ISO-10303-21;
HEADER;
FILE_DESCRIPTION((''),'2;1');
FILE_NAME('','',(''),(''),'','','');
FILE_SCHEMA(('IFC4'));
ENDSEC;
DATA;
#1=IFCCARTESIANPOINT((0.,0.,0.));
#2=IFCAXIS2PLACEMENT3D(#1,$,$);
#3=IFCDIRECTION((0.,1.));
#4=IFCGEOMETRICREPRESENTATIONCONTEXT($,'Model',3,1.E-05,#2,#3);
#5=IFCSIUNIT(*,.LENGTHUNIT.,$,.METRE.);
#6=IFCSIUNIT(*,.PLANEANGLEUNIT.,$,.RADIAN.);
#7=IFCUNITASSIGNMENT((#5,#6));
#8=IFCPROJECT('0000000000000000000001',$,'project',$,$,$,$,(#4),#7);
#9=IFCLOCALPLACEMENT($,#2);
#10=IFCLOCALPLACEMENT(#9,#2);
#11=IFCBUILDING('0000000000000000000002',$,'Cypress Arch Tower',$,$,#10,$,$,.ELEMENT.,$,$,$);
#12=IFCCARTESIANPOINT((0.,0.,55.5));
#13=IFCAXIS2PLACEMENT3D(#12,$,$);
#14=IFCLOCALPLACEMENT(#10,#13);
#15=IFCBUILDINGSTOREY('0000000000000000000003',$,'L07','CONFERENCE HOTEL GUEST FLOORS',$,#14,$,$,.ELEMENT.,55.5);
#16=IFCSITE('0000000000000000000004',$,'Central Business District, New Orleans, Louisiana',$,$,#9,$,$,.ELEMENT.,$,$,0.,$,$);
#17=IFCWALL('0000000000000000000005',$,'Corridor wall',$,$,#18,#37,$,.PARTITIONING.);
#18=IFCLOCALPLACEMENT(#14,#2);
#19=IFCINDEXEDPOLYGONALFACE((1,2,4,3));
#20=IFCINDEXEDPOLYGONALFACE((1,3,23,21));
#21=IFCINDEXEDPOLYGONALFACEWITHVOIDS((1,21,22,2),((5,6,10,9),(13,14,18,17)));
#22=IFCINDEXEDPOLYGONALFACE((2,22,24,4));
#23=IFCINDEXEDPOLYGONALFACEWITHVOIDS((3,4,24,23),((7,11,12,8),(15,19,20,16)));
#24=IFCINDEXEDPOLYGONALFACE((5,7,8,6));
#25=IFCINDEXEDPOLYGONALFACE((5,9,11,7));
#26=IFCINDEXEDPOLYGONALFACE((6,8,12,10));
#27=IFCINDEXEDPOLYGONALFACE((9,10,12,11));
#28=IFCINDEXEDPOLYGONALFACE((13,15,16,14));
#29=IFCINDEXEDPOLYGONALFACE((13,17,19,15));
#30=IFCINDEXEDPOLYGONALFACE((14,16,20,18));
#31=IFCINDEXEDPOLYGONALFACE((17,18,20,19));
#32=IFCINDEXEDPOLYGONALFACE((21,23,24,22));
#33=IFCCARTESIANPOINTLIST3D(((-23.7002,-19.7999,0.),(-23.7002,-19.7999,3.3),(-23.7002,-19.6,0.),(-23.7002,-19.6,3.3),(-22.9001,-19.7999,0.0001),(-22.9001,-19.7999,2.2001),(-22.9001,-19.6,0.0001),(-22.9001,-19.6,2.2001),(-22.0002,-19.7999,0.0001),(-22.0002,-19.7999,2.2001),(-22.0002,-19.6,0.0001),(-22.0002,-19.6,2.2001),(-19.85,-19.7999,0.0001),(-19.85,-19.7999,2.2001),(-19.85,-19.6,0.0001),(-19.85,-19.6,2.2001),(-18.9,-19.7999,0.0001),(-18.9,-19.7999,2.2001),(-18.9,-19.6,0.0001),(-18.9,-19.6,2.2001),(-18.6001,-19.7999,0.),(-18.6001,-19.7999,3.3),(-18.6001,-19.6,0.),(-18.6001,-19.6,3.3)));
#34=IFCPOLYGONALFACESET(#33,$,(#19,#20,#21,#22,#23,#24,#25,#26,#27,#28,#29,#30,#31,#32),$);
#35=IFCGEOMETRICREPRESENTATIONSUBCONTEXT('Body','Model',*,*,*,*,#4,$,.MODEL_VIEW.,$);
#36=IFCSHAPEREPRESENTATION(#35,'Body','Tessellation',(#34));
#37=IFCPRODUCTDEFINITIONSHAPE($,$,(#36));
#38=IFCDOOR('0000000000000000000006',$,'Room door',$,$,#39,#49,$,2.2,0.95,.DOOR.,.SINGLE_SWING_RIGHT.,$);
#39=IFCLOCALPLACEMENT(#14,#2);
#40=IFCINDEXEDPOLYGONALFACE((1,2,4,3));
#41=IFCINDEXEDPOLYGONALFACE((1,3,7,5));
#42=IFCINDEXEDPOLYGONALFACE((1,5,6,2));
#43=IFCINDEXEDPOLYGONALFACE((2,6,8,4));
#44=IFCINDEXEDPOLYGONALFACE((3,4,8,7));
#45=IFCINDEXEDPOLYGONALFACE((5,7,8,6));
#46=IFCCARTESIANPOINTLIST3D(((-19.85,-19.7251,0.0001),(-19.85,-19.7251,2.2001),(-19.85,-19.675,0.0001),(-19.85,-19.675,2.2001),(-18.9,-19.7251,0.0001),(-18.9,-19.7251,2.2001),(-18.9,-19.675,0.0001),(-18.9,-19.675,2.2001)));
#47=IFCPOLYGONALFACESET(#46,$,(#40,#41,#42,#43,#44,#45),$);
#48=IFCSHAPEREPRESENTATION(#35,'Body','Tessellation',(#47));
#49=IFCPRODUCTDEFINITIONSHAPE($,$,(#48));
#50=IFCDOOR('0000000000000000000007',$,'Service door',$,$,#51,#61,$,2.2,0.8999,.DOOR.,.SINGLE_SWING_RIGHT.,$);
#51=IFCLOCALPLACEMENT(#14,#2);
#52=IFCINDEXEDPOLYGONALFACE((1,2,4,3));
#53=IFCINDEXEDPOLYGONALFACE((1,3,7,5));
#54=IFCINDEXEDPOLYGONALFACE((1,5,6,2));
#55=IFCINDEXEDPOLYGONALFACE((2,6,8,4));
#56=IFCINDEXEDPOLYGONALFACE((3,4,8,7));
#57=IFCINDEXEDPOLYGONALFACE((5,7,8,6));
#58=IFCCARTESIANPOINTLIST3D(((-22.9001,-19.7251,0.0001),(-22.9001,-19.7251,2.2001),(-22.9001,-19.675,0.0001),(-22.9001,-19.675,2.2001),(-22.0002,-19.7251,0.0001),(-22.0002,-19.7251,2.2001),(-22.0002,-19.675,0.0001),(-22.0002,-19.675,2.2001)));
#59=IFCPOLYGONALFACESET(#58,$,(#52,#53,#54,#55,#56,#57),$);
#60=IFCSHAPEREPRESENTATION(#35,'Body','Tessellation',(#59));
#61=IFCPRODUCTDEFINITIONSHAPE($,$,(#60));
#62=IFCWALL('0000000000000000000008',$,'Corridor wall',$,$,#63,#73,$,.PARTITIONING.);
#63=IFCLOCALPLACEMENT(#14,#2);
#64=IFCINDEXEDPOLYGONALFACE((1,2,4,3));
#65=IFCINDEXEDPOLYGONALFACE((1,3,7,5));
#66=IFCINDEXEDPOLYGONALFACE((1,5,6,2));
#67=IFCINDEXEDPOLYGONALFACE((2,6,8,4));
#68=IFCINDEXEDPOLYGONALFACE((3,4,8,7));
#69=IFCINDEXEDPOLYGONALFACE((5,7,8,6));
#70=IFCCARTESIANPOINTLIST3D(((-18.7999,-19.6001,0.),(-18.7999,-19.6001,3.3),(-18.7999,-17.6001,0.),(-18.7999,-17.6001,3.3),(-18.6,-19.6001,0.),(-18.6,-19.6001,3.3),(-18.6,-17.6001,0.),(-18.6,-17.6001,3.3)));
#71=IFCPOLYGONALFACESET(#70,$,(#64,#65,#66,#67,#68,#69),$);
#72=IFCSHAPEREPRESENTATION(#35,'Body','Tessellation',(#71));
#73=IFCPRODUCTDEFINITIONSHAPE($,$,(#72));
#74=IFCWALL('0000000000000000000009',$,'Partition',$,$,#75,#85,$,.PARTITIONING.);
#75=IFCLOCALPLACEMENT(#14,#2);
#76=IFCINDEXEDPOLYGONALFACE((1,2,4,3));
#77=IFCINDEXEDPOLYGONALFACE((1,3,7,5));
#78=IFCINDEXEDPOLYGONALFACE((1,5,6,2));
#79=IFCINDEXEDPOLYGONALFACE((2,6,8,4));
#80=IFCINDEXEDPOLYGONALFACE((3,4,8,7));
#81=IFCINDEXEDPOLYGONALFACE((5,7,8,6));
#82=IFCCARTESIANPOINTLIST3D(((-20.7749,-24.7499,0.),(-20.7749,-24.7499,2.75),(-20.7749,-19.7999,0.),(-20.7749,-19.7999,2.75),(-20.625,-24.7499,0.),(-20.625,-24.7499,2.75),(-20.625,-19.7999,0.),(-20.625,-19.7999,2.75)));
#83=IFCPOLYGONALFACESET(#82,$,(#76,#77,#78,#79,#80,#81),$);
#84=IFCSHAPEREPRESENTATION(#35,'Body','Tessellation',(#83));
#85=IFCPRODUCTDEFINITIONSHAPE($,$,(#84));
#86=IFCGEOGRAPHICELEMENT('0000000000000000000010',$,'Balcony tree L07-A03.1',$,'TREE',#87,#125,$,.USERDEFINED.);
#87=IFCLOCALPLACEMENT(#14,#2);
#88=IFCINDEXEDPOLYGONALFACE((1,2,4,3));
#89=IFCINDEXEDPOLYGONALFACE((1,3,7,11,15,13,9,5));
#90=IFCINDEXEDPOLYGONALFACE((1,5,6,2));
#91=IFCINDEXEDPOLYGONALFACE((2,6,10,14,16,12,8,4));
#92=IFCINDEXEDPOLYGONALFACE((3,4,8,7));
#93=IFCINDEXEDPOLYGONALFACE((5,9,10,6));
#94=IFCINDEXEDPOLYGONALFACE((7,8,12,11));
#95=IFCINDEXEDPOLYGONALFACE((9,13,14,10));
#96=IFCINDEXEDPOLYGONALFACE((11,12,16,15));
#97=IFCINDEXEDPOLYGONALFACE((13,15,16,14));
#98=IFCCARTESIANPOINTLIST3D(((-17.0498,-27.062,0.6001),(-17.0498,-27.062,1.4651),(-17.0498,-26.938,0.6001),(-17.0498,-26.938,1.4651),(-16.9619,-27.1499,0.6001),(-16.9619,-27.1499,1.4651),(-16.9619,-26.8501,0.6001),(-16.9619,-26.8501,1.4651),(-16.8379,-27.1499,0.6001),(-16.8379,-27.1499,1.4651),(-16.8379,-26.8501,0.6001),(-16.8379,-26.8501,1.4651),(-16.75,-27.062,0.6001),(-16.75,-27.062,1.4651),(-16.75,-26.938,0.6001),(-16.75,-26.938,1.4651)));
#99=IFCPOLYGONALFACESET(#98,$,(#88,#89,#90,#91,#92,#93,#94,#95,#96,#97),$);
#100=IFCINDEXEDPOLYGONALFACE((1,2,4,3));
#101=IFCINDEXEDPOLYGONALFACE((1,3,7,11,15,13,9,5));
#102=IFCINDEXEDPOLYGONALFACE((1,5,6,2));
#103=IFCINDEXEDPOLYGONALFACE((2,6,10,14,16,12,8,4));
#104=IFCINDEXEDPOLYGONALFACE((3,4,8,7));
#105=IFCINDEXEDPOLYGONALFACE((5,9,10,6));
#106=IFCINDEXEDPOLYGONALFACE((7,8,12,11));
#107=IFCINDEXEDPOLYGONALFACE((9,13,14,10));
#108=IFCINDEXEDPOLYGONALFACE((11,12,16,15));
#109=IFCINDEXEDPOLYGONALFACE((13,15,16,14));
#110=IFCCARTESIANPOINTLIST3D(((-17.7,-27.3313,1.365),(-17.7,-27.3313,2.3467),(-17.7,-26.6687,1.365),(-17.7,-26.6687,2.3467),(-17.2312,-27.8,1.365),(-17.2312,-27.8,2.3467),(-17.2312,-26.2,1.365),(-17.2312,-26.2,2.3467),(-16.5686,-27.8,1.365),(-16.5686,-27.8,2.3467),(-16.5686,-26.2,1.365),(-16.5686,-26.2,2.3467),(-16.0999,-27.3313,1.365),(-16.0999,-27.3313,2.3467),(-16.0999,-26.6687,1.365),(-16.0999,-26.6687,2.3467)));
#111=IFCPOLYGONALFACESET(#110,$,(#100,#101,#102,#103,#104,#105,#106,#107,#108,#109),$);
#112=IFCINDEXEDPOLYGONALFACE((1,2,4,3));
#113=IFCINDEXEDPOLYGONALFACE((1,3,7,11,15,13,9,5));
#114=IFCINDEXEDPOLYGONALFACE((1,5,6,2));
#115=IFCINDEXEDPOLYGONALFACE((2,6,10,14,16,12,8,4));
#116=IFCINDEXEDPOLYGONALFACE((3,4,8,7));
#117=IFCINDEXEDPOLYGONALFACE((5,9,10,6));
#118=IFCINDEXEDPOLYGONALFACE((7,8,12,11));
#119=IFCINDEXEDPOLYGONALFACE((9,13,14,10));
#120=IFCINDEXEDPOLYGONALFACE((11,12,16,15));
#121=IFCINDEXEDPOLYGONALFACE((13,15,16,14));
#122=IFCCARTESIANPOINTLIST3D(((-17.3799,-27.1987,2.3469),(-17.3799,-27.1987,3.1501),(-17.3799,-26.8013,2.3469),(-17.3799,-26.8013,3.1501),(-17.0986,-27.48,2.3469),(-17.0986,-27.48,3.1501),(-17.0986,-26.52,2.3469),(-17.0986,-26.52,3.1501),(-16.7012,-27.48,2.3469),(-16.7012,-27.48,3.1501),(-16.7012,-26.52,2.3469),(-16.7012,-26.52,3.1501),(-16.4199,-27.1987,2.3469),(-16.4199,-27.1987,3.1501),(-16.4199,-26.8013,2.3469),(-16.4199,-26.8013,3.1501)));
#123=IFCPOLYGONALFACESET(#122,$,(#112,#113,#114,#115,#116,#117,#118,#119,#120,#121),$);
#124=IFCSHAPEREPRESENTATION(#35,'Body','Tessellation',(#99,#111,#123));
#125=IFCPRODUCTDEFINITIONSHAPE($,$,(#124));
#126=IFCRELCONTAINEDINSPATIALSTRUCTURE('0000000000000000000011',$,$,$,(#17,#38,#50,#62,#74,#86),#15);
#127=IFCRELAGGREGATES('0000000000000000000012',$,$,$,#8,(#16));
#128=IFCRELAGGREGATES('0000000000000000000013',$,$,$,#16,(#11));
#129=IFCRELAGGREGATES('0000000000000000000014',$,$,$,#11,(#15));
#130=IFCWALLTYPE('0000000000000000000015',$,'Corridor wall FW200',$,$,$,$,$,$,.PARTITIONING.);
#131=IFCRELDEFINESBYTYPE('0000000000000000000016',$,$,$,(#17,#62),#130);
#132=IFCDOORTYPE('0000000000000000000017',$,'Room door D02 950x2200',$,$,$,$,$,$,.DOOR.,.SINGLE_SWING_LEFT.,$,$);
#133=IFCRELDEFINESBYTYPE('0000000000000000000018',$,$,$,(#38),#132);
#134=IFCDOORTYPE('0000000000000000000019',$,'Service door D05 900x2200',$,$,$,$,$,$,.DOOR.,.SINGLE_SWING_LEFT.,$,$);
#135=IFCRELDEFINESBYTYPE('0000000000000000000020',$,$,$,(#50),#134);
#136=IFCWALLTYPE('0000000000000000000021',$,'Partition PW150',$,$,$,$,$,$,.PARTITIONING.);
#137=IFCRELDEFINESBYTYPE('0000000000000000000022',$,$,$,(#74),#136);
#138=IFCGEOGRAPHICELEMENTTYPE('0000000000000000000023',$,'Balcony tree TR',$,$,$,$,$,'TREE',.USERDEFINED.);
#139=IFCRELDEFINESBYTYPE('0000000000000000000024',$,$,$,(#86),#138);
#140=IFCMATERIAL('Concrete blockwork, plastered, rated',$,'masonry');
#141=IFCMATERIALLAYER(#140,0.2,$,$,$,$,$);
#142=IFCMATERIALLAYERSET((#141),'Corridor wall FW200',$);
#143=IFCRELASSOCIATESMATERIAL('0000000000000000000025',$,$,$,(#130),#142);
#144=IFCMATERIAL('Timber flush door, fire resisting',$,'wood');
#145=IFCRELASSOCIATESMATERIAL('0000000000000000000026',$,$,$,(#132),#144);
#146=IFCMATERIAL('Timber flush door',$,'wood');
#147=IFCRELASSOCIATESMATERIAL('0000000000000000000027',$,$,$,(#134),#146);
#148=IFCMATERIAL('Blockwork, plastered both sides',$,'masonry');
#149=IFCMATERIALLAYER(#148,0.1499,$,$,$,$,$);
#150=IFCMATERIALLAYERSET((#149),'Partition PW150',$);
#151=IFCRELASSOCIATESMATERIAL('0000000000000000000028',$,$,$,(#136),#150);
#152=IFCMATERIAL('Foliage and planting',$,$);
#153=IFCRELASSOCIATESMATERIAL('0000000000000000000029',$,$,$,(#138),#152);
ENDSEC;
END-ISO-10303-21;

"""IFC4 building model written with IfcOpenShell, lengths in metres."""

from ifc_helpers import new_model, si_unit, direction, frame, frame_2d, origin, place, context, subcontext, project, spatial, polyline, rectangle, outline, extrude, material, layer, layer_set, type_object, element, fill, save


model = new_model("IFC4")

# Units and contexts
model_context = context("Model", 3, precision=1e-05, world=origin(), true_north=direction((0.0, 1.0)))
body_context = subcontext(model_context, "Body", "Model", "MODEL_VIEW")
ifc_project = project(units=[si_unit("LENGTHUNIT", "METRE"), si_unit("PLANEANGLEUNIT", "RADIAN")], contexts=[model_context])

# Site, building, storey
site_placement = place(None, origin())
site = spatial("IfcSite", under=ifc_project, at=site_placement, Name="Central Business District, New Orleans, Louisiana", CompositionType="ELEMENT", RefElevation=0.0)
building_placement = place(site_placement, origin())
building = spatial("IfcBuilding", under=site, at=building_placement, Name="Cypress Arch Tower", CompositionType="ELEMENT")
storey_placement = place(building_placement, frame((0.0, 0.0, 55.5)))
storey = spatial("IfcBuildingStorey", under=building, at=storey_placement, Name="L07", Description="CONFERENCE HOTEL GUEST FLOORS", CompositionType="ELEMENT", Elevation=55.5)

# Wall, openings, doors
ifc_material_1 = material(Name="Concrete blockwork, plastered, rated", Category="masonry")
ifc_layer_1 = layer(ifc_material_1, 0.2)
ifc_layer_set_1 = layer_set([ifc_layer_1], Name="Corridor wall FW200")
wall_type_1 = type_object("IfcWallType", Name="Corridor wall FW200", PredefinedType="PARTITIONING", material=ifc_layer_set_1)
wall_1_placement = place(storey_placement, frame((-23.7002, -19.7, 0.0), z_axis=(0.0, 0.0, 1.0), x_axis=(1.0, 0.0, 0.0)))
wall_1 = element("IfcWall", 1, at=wall_1_placement, inside=storey, type_object=wall_type_1, Name="Corridor wall", PredefinedType="PARTITIONING", context=body_context, shape_type="SweptSolid", body=[
    extrude(rectangle(XDim=5.1001, YDim=0.2, at=frame_2d((2.55, 0.0))), origin(), (0.0, 0.0, 1.0), 3.3),
])
opening_1_placement = place(wall_1_placement, frame((0.8, 0.0, 0.0)))
opening_1 = element("IfcOpeningElement", 2, at=opening_1_placement, cuts=wall_1, PredefinedType="OPENING", context=body_context, shape_type="SweptSolid", body=[
    extrude(rectangle(XDim=0.8999, YDim=2.2, at=frame_2d((0.45, 1.1001))), frame((0.0, 0.1099, 0.0), z_axis=(0.0, -1.0, 0.0), x_axis=(1.0, 0.0, 0.0)), (0.0, 0.0, 1.0), 0.22),
])
opening_2_placement = place(wall_1_placement, frame((3.8501, 0.0, 0.0)))
opening_2 = element("IfcOpeningElement", 3, at=opening_2_placement, cuts=wall_1, PredefinedType="OPENING", context=body_context, shape_type="SweptSolid", body=[
    extrude(rectangle(XDim=0.95, YDim=2.2, at=frame_2d((0.4751, 1.1001))), frame((0.0, 0.1099, 0.0), z_axis=(0.0, -1.0, 0.0), x_axis=(1.0, 0.0, 0.0)), (0.0, 0.0, 1.0), 0.22),
])
ifc_material_2 = material(Name="Timber flush door, fire resisting", Category="wood")
door_type_1 = type_object("IfcDoorType", Name="Room door D02 950x2200", OperationType="SINGLE_SWING_LEFT", PredefinedType="DOOR", material=ifc_material_2)
door_1_placement = place(opening_2_placement, origin())
door_1 = element("IfcDoor", 4, at=door_1_placement, inside=storey, type_object=door_type_1, Name="Room door", OperationType="SINGLE_SWING_RIGHT", OverallHeight=2.2, OverallWidth=0.95, PredefinedType="DOOR", context=body_context, shape_type="SweptSolid", body=[
    extrude(rectangle(XDim=0.95, YDim=2.2, at=frame_2d((0.4751, 1.1001))), frame((0.0, 0.0249, 0.0), z_axis=(0.0, -1.0, 0.0), x_axis=(1.0, 0.0, 0.0)), (0.0, 0.0, 1.0), 0.05),
])
fill(opening_2, door_1)
ifc_material_3 = material(Name="Timber flush door", Category="wood")
door_type_2 = type_object("IfcDoorType", Name="Service door D05 900x2200", OperationType="SINGLE_SWING_LEFT", PredefinedType="DOOR", material=ifc_material_3)
door_2_placement = place(opening_1_placement, origin())
door_2 = element("IfcDoor", 5, at=door_2_placement, inside=storey, type_object=door_type_2, Name="Service door", OperationType="SINGLE_SWING_RIGHT", OverallHeight=2.2, OverallWidth=0.8999, PredefinedType="DOOR", context=body_context, shape_type="SweptSolid", body=[
    extrude(rectangle(XDim=0.8999, YDim=2.2, at=frame_2d((0.45, 1.1001))), frame((0.0, 0.0249, 0.0), z_axis=(0.0, -1.0, 0.0), x_axis=(1.0, 0.0, 0.0)), (0.0, 0.0, 1.0), 0.05),
])
fill(opening_1, door_2)

# Walls
wall_2_placement = place(storey_placement, frame((-18.7, -19.6001, 0.0), z_axis=(0.0, 0.0, 1.0), x_axis=(0.0, 1.0, 0.0)))
element("IfcWall", 6, at=wall_2_placement, inside=storey, type_object=wall_type_1, Name="Corridor wall", PredefinedType="PARTITIONING", context=body_context, shape_type="SweptSolid", body=[
    extrude(rectangle(XDim=2.0, YDim=0.2, at=frame_2d((1.0, 0.0))), origin(), (0.0, 0.0, 1.0), 3.3),
])
ifc_material_4 = material(Name="Blockwork, plastered both sides", Category="masonry")
ifc_layer_2 = layer(ifc_material_4, 0.1499)
ifc_layer_set_2 = layer_set([ifc_layer_2], Name="Partition PW150")
wall_type_2 = type_object("IfcWallType", Name="Partition PW150", PredefinedType="PARTITIONING", material=ifc_layer_set_2)
wall_3_placement = place(storey_placement, frame((-20.7, -24.75, 0.0), z_axis=(0.0, 0.0, 1.0), x_axis=(0.0, 1.0, 0.0)))
element("IfcWall", 7, at=wall_3_placement, inside=storey, type_object=wall_type_2, Name="Partition", PredefinedType="PARTITIONING", context=body_context, shape_type="SweptSolid", body=[
    extrude(rectangle(XDim=4.95, YDim=0.1499, at=frame_2d((2.4751, 0.0))), origin(), (0.0, 0.0, 1.0), 2.75),
])

# Geographic element
ifc_material_5 = material(Name="Foliage and planting")
geographic_element_type = type_object("IfcGeographicElementType", Name="Balcony tree TR", ElementType="TREE", PredefinedType="USERDEFINED", material=ifc_material_5)
geographic_element_placement = place(storey_placement, frame((-16.8999, -27.0, 0.6001), z_axis=(0.0, 0.0, 1.0), x_axis=(1.0, 0.0, 0.0)))
element("IfcGeographicElement", 8, at=geographic_element_placement, inside=storey, type_object=geographic_element_type, Name="Balcony tree L07-A03.1", ObjectType="TREE", PredefinedType="USERDEFINED", context=body_context, shape_type="SweptSolid", body=[
    extrude(outline(polyline([(0.1499, 0.062), (0.062, 0.1499), (-0.062, 0.1499), (-0.1499, 0.062), (-0.1499, -0.062), (-0.062, -0.1499), (0.062, -0.1499), (0.1499, -0.062), (0.1499, 0.062)])), origin(), (0.0, 0.0, 1.0), 0.865),
    extrude(outline(polyline([(0.8, 0.3313), (0.3313, 0.8), (-0.3313, 0.8), (-0.8, 0.3313), (-0.8, -0.3313), (-0.3313, -0.8), (0.3313, -0.8), (0.8, -0.3313), (0.8, 0.3313)])), frame((0.0, 0.0, 0.7649)), (0.0, 0.0, 1.0), 0.9817),
    extrude(outline(polyline([(0.48, 0.1987), (0.1987, 0.48), (-0.1987, 0.48), (-0.48, 0.1987), (-0.48, -0.1987), (-0.1987, -0.48), (0.1987, -0.48), (0.48, -0.1987), (0.48, 0.1987)])), frame((0.0, 0.0, 1.7468)), (0.0, 0.0, 1.0), 0.8032),
])

save(model, "model.ifc")
